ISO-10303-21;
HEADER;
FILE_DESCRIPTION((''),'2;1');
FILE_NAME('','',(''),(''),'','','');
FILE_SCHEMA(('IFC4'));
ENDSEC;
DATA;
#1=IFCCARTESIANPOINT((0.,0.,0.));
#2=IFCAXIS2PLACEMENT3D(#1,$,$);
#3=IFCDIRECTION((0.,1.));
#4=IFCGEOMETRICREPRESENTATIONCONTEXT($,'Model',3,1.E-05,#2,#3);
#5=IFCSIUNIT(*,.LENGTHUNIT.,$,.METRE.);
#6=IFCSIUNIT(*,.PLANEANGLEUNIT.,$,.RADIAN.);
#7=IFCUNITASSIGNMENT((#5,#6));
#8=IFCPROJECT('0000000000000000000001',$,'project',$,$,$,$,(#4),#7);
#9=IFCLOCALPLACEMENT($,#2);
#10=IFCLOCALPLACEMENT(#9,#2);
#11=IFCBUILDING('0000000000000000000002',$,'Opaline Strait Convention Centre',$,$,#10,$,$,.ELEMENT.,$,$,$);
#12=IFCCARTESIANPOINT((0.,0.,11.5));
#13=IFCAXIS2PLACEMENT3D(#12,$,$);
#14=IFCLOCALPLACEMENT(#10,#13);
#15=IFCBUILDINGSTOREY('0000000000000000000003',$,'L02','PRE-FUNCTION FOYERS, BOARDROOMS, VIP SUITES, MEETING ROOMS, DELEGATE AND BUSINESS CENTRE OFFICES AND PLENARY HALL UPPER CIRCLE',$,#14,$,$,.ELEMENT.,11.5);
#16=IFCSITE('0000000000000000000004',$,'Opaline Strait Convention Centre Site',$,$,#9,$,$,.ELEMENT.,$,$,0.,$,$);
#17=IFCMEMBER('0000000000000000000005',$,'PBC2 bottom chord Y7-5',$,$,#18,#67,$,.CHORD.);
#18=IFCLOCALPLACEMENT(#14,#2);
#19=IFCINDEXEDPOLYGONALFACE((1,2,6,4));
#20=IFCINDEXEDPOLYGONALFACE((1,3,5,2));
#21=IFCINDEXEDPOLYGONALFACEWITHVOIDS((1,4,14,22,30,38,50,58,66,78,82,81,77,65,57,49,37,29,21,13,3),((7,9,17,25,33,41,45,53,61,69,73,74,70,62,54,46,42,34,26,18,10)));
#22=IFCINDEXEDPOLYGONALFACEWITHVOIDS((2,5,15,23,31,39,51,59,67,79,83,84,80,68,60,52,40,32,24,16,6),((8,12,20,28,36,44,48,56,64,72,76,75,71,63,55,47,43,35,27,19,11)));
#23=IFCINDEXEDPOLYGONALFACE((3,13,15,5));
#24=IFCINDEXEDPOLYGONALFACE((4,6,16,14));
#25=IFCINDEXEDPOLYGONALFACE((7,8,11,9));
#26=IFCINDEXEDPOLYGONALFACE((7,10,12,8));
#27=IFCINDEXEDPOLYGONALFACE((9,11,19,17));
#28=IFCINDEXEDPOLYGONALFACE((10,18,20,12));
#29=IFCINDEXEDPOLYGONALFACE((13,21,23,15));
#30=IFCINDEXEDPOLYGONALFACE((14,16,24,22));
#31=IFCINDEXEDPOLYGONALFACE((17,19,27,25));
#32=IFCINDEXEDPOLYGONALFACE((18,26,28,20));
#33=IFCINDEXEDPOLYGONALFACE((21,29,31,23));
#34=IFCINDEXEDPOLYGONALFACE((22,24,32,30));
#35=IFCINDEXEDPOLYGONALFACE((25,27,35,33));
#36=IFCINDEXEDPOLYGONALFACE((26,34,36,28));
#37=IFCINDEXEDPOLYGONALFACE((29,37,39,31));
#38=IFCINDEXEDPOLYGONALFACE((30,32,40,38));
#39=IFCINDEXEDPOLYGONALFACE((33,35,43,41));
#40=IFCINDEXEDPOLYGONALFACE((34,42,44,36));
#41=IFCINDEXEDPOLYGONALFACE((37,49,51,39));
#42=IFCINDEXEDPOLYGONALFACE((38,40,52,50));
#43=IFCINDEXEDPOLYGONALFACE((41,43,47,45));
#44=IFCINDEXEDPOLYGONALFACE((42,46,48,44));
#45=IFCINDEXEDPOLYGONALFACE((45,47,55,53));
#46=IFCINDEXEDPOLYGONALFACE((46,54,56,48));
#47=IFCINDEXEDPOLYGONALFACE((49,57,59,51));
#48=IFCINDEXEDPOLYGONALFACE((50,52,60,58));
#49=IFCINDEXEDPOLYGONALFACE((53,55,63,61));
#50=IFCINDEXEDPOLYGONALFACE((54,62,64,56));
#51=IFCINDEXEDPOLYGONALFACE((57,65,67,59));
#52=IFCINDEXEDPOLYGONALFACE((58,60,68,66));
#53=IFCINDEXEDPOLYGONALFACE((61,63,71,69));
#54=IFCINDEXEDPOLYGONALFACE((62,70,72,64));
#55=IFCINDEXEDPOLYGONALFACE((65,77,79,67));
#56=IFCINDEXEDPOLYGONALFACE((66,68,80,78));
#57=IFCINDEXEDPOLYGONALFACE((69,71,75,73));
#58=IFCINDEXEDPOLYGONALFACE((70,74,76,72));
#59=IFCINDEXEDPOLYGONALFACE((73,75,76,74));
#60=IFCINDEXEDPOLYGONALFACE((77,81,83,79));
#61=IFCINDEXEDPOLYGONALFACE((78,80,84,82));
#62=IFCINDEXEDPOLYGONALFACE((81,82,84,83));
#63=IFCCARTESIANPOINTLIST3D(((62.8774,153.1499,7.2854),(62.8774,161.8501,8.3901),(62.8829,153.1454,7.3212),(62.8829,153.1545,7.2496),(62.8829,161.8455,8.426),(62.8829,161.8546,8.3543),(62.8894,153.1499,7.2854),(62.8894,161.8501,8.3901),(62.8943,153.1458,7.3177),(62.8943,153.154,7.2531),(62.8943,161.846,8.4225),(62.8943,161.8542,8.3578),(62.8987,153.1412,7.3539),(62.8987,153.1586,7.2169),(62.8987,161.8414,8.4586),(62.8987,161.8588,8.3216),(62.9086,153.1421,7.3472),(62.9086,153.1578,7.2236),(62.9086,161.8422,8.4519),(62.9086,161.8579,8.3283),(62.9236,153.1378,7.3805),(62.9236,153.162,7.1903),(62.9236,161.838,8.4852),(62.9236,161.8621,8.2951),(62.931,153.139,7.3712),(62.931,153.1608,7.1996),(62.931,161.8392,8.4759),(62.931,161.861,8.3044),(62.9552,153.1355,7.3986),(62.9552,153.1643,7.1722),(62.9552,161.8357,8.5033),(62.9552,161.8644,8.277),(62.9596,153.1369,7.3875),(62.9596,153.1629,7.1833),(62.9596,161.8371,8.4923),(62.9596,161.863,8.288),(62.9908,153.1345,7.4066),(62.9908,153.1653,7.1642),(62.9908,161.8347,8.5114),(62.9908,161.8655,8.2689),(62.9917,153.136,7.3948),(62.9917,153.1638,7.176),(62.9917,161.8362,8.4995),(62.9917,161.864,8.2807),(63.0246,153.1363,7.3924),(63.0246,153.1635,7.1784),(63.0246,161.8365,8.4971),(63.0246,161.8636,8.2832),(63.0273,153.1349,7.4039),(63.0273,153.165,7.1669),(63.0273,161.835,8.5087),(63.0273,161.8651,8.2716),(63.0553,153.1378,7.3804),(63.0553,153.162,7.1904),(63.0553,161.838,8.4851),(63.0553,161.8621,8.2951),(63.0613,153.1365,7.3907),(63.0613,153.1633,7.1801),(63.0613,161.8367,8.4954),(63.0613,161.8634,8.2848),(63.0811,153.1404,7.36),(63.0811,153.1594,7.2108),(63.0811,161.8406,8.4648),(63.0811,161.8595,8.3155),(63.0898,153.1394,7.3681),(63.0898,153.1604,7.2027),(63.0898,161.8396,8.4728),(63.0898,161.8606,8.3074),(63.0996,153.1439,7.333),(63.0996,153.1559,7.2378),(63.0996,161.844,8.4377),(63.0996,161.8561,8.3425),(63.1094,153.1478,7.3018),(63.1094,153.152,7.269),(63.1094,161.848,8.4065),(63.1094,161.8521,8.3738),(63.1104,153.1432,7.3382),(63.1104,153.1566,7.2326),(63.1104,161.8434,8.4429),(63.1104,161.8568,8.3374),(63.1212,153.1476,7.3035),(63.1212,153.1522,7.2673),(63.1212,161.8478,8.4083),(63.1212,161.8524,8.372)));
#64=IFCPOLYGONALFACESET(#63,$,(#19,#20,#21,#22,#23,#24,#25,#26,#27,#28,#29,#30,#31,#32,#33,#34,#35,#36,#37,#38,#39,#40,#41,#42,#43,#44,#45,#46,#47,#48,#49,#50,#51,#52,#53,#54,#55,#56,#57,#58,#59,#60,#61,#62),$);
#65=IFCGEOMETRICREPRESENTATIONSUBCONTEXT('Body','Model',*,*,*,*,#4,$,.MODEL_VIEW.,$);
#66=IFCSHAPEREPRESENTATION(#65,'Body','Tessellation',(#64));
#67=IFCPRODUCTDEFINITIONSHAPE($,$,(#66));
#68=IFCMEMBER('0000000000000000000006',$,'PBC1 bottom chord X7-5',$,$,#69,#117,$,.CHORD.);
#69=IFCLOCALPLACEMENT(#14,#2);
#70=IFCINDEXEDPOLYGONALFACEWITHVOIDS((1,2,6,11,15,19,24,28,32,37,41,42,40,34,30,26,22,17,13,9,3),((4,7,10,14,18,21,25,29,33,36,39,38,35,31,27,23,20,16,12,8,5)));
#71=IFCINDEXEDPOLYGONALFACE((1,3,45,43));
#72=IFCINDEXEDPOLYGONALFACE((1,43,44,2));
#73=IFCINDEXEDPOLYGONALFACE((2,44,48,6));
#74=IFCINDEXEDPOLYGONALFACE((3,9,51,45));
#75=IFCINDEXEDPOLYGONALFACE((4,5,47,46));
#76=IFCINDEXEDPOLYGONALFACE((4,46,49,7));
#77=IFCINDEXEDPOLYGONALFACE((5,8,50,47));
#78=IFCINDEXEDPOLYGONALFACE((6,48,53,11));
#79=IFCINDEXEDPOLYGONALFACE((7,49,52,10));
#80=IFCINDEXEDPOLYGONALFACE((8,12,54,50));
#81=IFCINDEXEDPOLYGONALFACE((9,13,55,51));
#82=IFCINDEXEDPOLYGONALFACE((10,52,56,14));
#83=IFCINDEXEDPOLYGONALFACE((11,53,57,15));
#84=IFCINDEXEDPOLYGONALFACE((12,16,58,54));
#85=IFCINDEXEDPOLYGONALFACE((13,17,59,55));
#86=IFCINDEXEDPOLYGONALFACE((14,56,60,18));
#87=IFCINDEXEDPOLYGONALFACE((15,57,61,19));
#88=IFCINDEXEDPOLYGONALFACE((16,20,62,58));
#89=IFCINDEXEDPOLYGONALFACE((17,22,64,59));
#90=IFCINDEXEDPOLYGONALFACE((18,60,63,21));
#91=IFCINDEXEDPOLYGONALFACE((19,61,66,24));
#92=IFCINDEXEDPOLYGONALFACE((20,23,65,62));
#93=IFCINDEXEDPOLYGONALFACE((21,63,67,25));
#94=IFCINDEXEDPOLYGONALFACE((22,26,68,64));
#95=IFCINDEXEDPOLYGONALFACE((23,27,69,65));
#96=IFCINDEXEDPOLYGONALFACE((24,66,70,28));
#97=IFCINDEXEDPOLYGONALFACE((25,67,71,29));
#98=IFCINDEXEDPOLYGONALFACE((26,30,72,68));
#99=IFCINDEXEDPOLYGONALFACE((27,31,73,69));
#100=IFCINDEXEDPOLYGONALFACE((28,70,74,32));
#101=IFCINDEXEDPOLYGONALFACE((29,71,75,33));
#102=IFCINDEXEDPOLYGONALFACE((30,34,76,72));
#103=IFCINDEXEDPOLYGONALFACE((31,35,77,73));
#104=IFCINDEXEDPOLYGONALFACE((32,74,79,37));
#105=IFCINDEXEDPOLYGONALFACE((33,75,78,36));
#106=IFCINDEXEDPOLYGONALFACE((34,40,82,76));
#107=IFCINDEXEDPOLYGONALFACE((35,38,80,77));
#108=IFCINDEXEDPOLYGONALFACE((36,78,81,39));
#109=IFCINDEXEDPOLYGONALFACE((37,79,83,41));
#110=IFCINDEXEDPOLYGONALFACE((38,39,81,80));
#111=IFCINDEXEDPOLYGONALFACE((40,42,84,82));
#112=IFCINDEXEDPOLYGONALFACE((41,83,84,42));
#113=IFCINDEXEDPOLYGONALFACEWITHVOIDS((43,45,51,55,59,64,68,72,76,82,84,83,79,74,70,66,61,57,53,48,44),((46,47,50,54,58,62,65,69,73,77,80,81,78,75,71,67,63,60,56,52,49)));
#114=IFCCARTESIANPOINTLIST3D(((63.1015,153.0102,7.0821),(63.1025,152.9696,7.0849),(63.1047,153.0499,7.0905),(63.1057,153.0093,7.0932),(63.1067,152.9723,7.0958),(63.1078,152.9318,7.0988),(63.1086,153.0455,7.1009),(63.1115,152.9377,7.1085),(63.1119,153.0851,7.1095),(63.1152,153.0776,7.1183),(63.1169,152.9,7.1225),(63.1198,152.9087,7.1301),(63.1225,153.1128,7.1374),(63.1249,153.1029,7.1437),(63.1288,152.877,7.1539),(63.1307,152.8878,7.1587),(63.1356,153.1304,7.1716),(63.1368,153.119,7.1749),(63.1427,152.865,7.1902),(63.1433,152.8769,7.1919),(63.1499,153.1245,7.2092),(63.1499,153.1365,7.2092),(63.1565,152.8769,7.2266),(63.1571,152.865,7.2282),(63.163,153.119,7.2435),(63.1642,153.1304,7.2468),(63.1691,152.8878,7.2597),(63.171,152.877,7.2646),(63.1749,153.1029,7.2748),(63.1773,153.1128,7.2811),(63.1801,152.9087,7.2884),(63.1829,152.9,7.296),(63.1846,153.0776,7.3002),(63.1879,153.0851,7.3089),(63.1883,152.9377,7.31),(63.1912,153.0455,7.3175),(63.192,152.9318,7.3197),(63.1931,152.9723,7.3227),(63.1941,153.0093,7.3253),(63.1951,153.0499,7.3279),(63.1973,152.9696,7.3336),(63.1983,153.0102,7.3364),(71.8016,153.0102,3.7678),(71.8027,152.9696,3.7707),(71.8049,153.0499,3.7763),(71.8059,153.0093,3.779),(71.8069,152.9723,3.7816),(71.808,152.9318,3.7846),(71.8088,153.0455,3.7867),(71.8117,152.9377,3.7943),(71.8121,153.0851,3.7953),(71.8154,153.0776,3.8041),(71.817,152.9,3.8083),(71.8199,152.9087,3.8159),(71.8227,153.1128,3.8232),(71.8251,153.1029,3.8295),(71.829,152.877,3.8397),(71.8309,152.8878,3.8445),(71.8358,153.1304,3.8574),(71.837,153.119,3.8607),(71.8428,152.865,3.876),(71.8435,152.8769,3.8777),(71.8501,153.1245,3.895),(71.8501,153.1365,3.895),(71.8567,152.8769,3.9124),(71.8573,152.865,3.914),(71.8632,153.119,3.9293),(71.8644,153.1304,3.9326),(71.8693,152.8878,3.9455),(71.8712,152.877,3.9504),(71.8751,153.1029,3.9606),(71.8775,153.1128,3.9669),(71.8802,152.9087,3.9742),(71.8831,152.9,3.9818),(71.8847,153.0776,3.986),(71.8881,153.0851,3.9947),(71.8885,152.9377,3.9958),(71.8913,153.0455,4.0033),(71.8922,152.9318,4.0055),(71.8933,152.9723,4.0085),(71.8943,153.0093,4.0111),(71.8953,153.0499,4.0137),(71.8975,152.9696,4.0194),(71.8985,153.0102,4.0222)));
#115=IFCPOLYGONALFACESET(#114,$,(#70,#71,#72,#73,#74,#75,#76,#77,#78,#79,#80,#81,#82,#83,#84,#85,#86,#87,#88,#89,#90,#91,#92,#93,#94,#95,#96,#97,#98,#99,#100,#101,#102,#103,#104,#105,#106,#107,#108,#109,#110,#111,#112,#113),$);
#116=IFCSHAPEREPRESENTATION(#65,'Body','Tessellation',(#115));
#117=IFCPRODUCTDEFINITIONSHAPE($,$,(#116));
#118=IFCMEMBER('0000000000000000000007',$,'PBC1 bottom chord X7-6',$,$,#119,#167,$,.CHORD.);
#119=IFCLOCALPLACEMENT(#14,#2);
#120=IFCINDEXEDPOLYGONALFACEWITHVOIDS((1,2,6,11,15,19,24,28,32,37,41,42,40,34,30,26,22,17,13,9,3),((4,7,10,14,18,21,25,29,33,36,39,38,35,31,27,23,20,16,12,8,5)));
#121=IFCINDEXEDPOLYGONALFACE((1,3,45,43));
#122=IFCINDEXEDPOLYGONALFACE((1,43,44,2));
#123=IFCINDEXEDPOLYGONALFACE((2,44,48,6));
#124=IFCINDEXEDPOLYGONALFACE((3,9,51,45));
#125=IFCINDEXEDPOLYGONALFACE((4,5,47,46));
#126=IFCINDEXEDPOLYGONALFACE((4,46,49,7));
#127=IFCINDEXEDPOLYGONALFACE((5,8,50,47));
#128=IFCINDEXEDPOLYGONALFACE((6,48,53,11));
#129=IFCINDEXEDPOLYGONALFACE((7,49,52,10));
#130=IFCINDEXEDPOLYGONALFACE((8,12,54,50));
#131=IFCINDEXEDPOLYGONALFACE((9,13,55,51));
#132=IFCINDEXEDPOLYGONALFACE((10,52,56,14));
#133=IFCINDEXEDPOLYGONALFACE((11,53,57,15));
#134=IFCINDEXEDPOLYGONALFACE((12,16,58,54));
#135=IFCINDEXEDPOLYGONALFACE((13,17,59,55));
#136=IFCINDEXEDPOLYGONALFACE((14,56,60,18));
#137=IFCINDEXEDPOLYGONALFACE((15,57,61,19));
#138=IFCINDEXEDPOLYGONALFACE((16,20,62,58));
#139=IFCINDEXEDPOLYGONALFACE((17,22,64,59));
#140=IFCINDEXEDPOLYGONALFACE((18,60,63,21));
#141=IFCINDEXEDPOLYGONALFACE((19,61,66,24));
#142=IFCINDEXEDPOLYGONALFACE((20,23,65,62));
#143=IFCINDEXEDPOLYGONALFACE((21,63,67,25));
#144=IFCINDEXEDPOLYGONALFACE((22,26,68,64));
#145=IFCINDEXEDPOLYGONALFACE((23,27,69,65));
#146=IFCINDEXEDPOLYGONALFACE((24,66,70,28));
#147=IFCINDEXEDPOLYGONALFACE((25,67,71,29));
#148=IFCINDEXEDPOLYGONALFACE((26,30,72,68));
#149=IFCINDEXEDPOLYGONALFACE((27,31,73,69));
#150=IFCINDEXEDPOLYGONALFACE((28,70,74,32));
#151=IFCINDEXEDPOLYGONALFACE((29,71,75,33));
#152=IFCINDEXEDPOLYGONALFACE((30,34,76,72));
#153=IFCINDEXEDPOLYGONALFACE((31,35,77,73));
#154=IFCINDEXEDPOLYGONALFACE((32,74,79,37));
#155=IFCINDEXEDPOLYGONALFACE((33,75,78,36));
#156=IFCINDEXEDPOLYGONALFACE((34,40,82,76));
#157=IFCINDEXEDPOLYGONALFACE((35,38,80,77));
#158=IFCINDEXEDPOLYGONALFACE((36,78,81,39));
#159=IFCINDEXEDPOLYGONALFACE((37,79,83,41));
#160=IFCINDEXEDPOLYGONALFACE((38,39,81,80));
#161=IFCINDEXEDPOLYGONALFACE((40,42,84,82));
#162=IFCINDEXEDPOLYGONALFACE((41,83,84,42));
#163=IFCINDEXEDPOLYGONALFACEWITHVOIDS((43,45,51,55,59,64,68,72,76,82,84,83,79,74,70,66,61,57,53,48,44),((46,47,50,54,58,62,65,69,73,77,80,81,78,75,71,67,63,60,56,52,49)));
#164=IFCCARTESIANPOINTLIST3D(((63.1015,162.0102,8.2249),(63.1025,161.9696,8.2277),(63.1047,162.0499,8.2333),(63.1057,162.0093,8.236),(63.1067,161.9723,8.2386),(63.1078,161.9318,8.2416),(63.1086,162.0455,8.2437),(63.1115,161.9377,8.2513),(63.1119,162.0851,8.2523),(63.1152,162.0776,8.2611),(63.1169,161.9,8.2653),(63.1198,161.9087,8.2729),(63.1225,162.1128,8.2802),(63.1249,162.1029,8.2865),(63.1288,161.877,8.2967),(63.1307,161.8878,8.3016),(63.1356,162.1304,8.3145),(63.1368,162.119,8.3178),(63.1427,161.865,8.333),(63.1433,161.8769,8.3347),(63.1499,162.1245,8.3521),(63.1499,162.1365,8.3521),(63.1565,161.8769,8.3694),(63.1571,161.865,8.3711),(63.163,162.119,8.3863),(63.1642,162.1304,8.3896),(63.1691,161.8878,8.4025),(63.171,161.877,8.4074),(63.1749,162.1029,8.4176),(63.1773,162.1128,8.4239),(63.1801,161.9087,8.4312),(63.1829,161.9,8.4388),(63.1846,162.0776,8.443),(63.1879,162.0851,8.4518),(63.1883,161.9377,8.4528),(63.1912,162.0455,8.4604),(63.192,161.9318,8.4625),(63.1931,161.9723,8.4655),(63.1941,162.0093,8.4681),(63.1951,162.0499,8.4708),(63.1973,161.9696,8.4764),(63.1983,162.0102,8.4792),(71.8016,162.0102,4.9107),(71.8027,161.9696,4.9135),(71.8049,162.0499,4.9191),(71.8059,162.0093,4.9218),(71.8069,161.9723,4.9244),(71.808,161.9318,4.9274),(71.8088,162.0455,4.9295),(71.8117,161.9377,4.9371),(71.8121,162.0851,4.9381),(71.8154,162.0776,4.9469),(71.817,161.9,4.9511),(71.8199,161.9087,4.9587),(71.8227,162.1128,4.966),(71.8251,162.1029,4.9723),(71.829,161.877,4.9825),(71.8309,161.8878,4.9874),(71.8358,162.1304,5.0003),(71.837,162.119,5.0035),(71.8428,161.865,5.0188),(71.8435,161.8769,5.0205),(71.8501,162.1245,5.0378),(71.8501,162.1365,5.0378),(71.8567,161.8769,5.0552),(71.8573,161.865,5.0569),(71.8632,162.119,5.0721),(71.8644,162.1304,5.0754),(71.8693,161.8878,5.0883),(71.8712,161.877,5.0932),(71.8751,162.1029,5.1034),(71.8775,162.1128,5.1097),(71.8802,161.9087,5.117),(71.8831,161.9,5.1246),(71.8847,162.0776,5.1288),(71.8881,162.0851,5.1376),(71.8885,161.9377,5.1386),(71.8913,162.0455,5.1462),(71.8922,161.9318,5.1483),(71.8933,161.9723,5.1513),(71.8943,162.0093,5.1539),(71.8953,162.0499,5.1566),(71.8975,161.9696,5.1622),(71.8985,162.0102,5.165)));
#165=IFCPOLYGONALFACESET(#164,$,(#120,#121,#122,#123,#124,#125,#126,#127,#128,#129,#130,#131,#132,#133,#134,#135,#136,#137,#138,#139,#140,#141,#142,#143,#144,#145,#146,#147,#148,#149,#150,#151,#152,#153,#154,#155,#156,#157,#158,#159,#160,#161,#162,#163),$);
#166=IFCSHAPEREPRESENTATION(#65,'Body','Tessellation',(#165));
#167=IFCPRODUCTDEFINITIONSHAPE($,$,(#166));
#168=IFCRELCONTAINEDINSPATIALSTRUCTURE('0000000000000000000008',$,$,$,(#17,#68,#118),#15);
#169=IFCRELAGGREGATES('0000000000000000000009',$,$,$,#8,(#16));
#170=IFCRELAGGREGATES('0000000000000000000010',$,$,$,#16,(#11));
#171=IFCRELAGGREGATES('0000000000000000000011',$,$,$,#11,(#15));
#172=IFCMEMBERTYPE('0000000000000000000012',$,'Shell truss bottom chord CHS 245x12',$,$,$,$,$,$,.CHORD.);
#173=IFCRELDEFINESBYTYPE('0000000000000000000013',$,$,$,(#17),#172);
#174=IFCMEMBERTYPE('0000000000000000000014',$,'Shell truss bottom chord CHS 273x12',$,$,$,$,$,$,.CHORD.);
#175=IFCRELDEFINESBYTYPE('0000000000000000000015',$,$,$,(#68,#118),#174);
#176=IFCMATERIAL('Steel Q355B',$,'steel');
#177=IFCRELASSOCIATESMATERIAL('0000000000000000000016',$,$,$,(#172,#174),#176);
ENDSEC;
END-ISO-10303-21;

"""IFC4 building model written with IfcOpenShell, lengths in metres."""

from ifc_helpers import new_model, si_unit, direction, frame, origin, origin_2d, place, context, subcontext, project, spatial, hollow_circle, extrude, material, material_profile, profile_set, type_object, element, save


model = new_model("IFC4")

# Units and contexts
model_context = context("Model", 3, precision=1e-05, world=origin(), true_north=direction((0.0, 1.0)))
body_context = subcontext(model_context, "Body", "Model", "MODEL_VIEW")
ifc_project = project(units=[si_unit("LENGTHUNIT", "METRE"), si_unit("PLANEANGLEUNIT", "RADIAN")], contexts=[model_context])

# Site, building, storey
site_placement = place(None, origin())
site = spatial("IfcSite", under=ifc_project, at=site_placement, Name="Opaline Strait Convention Centre Site", CompositionType="ELEMENT", RefElevation=0.0)
building_placement = place(site_placement, origin())
building = spatial("IfcBuilding", under=site, at=building_placement, Name="Opaline Strait Convention Centre", CompositionType="ELEMENT")
storey_placement = place(building_placement, frame((0.0, 0.0, 11.5)))
storey = spatial("IfcBuildingStorey", under=building, at=storey_placement, Name="L02", Description="PRE-FUNCTION FOYERS, BOARDROOMS, VIP SUITES, MEETING ROOMS, DELEGATE AND BUSINESS CENTRE OFFICES AND PLENARY HALL UPPER CIRCLE", CompositionType="ELEMENT", Elevation=11.5)

# Members
ifc_material_1 = material(Name="Steel Q355B", Category="steel")
ifc_material_profile_1 = material_profile(ifc_material_1, hollow_circle(Radius=0.1226, WallThickness=0.012, at=origin_2d()), Name="CHS 245x12")
ifc_profile_set_1 = profile_set([ifc_material_profile_1], Name="Steel Q355B")
member_type_1 = type_object("IfcMemberType", Name="Shell truss bottom chord CHS 245x12", PredefinedType="CHORD", material=ifc_profile_set_1)
member_1_placement = place(storey_placement, frame((63.0, 153.1499, 7.2854), z_axis=(0.0, 0.992034, 0.125967), x_axis=(-1.0, 0.0, 0.0)))
element("IfcMember", 1, at=member_1_placement, inside=storey, type_object=member_type_1, Name="PBC2 bottom chord Y7-5", PredefinedType="CHORD", context=body_context, shape_type="SweptSolid", body=[
    extrude(hollow_circle(Radius=0.1226, WallThickness=0.012, at=origin_2d()), origin(), (0.0, 0.0, 1.0), 8.77),
])
ifc_material_profile_2 = material_profile(ifc_material_1, hollow_circle(Radius=0.1365, WallThickness=0.012, at=origin_2d()), Name="CHS 273x12")
ifc_profile_set_2 = profile_set([ifc_material_profile_2], Name="Steel Q355B")
member_type_2 = type_object("IfcMemberType", Name="Shell truss bottom chord CHS 273x12", PredefinedType="CHORD", material=ifc_profile_set_2)
for number, where, z_axis, x_axis, name in (
    (2, (63.1499, 153.0, 7.2092), (0.934493, 0.0, -0.355981), (0.0, 1.0, 0.0), "PBC1 bottom chord X7-5"),
    (3, (63.1499, 162.0, 8.3521), (0.934493, 0.0, -0.355981), (0.0, 1.0, 0.0), "PBC1 bottom chord X7-6"),
):
    element("IfcMember", number, at=place(storey_placement, frame(where, z_axis=z_axis, x_axis=x_axis)), inside=storey, type_object=member_type_2, Name=name, PredefinedType="CHORD", context=body_context, shape_type="SweptSolid", body=[
        extrude(hollow_circle(Radius=0.1365, WallThickness=0.012, at=origin_2d()), origin(), (0.0, 0.0, 1.0), 9.3101),
    ])

save(model, "model.ifc")
